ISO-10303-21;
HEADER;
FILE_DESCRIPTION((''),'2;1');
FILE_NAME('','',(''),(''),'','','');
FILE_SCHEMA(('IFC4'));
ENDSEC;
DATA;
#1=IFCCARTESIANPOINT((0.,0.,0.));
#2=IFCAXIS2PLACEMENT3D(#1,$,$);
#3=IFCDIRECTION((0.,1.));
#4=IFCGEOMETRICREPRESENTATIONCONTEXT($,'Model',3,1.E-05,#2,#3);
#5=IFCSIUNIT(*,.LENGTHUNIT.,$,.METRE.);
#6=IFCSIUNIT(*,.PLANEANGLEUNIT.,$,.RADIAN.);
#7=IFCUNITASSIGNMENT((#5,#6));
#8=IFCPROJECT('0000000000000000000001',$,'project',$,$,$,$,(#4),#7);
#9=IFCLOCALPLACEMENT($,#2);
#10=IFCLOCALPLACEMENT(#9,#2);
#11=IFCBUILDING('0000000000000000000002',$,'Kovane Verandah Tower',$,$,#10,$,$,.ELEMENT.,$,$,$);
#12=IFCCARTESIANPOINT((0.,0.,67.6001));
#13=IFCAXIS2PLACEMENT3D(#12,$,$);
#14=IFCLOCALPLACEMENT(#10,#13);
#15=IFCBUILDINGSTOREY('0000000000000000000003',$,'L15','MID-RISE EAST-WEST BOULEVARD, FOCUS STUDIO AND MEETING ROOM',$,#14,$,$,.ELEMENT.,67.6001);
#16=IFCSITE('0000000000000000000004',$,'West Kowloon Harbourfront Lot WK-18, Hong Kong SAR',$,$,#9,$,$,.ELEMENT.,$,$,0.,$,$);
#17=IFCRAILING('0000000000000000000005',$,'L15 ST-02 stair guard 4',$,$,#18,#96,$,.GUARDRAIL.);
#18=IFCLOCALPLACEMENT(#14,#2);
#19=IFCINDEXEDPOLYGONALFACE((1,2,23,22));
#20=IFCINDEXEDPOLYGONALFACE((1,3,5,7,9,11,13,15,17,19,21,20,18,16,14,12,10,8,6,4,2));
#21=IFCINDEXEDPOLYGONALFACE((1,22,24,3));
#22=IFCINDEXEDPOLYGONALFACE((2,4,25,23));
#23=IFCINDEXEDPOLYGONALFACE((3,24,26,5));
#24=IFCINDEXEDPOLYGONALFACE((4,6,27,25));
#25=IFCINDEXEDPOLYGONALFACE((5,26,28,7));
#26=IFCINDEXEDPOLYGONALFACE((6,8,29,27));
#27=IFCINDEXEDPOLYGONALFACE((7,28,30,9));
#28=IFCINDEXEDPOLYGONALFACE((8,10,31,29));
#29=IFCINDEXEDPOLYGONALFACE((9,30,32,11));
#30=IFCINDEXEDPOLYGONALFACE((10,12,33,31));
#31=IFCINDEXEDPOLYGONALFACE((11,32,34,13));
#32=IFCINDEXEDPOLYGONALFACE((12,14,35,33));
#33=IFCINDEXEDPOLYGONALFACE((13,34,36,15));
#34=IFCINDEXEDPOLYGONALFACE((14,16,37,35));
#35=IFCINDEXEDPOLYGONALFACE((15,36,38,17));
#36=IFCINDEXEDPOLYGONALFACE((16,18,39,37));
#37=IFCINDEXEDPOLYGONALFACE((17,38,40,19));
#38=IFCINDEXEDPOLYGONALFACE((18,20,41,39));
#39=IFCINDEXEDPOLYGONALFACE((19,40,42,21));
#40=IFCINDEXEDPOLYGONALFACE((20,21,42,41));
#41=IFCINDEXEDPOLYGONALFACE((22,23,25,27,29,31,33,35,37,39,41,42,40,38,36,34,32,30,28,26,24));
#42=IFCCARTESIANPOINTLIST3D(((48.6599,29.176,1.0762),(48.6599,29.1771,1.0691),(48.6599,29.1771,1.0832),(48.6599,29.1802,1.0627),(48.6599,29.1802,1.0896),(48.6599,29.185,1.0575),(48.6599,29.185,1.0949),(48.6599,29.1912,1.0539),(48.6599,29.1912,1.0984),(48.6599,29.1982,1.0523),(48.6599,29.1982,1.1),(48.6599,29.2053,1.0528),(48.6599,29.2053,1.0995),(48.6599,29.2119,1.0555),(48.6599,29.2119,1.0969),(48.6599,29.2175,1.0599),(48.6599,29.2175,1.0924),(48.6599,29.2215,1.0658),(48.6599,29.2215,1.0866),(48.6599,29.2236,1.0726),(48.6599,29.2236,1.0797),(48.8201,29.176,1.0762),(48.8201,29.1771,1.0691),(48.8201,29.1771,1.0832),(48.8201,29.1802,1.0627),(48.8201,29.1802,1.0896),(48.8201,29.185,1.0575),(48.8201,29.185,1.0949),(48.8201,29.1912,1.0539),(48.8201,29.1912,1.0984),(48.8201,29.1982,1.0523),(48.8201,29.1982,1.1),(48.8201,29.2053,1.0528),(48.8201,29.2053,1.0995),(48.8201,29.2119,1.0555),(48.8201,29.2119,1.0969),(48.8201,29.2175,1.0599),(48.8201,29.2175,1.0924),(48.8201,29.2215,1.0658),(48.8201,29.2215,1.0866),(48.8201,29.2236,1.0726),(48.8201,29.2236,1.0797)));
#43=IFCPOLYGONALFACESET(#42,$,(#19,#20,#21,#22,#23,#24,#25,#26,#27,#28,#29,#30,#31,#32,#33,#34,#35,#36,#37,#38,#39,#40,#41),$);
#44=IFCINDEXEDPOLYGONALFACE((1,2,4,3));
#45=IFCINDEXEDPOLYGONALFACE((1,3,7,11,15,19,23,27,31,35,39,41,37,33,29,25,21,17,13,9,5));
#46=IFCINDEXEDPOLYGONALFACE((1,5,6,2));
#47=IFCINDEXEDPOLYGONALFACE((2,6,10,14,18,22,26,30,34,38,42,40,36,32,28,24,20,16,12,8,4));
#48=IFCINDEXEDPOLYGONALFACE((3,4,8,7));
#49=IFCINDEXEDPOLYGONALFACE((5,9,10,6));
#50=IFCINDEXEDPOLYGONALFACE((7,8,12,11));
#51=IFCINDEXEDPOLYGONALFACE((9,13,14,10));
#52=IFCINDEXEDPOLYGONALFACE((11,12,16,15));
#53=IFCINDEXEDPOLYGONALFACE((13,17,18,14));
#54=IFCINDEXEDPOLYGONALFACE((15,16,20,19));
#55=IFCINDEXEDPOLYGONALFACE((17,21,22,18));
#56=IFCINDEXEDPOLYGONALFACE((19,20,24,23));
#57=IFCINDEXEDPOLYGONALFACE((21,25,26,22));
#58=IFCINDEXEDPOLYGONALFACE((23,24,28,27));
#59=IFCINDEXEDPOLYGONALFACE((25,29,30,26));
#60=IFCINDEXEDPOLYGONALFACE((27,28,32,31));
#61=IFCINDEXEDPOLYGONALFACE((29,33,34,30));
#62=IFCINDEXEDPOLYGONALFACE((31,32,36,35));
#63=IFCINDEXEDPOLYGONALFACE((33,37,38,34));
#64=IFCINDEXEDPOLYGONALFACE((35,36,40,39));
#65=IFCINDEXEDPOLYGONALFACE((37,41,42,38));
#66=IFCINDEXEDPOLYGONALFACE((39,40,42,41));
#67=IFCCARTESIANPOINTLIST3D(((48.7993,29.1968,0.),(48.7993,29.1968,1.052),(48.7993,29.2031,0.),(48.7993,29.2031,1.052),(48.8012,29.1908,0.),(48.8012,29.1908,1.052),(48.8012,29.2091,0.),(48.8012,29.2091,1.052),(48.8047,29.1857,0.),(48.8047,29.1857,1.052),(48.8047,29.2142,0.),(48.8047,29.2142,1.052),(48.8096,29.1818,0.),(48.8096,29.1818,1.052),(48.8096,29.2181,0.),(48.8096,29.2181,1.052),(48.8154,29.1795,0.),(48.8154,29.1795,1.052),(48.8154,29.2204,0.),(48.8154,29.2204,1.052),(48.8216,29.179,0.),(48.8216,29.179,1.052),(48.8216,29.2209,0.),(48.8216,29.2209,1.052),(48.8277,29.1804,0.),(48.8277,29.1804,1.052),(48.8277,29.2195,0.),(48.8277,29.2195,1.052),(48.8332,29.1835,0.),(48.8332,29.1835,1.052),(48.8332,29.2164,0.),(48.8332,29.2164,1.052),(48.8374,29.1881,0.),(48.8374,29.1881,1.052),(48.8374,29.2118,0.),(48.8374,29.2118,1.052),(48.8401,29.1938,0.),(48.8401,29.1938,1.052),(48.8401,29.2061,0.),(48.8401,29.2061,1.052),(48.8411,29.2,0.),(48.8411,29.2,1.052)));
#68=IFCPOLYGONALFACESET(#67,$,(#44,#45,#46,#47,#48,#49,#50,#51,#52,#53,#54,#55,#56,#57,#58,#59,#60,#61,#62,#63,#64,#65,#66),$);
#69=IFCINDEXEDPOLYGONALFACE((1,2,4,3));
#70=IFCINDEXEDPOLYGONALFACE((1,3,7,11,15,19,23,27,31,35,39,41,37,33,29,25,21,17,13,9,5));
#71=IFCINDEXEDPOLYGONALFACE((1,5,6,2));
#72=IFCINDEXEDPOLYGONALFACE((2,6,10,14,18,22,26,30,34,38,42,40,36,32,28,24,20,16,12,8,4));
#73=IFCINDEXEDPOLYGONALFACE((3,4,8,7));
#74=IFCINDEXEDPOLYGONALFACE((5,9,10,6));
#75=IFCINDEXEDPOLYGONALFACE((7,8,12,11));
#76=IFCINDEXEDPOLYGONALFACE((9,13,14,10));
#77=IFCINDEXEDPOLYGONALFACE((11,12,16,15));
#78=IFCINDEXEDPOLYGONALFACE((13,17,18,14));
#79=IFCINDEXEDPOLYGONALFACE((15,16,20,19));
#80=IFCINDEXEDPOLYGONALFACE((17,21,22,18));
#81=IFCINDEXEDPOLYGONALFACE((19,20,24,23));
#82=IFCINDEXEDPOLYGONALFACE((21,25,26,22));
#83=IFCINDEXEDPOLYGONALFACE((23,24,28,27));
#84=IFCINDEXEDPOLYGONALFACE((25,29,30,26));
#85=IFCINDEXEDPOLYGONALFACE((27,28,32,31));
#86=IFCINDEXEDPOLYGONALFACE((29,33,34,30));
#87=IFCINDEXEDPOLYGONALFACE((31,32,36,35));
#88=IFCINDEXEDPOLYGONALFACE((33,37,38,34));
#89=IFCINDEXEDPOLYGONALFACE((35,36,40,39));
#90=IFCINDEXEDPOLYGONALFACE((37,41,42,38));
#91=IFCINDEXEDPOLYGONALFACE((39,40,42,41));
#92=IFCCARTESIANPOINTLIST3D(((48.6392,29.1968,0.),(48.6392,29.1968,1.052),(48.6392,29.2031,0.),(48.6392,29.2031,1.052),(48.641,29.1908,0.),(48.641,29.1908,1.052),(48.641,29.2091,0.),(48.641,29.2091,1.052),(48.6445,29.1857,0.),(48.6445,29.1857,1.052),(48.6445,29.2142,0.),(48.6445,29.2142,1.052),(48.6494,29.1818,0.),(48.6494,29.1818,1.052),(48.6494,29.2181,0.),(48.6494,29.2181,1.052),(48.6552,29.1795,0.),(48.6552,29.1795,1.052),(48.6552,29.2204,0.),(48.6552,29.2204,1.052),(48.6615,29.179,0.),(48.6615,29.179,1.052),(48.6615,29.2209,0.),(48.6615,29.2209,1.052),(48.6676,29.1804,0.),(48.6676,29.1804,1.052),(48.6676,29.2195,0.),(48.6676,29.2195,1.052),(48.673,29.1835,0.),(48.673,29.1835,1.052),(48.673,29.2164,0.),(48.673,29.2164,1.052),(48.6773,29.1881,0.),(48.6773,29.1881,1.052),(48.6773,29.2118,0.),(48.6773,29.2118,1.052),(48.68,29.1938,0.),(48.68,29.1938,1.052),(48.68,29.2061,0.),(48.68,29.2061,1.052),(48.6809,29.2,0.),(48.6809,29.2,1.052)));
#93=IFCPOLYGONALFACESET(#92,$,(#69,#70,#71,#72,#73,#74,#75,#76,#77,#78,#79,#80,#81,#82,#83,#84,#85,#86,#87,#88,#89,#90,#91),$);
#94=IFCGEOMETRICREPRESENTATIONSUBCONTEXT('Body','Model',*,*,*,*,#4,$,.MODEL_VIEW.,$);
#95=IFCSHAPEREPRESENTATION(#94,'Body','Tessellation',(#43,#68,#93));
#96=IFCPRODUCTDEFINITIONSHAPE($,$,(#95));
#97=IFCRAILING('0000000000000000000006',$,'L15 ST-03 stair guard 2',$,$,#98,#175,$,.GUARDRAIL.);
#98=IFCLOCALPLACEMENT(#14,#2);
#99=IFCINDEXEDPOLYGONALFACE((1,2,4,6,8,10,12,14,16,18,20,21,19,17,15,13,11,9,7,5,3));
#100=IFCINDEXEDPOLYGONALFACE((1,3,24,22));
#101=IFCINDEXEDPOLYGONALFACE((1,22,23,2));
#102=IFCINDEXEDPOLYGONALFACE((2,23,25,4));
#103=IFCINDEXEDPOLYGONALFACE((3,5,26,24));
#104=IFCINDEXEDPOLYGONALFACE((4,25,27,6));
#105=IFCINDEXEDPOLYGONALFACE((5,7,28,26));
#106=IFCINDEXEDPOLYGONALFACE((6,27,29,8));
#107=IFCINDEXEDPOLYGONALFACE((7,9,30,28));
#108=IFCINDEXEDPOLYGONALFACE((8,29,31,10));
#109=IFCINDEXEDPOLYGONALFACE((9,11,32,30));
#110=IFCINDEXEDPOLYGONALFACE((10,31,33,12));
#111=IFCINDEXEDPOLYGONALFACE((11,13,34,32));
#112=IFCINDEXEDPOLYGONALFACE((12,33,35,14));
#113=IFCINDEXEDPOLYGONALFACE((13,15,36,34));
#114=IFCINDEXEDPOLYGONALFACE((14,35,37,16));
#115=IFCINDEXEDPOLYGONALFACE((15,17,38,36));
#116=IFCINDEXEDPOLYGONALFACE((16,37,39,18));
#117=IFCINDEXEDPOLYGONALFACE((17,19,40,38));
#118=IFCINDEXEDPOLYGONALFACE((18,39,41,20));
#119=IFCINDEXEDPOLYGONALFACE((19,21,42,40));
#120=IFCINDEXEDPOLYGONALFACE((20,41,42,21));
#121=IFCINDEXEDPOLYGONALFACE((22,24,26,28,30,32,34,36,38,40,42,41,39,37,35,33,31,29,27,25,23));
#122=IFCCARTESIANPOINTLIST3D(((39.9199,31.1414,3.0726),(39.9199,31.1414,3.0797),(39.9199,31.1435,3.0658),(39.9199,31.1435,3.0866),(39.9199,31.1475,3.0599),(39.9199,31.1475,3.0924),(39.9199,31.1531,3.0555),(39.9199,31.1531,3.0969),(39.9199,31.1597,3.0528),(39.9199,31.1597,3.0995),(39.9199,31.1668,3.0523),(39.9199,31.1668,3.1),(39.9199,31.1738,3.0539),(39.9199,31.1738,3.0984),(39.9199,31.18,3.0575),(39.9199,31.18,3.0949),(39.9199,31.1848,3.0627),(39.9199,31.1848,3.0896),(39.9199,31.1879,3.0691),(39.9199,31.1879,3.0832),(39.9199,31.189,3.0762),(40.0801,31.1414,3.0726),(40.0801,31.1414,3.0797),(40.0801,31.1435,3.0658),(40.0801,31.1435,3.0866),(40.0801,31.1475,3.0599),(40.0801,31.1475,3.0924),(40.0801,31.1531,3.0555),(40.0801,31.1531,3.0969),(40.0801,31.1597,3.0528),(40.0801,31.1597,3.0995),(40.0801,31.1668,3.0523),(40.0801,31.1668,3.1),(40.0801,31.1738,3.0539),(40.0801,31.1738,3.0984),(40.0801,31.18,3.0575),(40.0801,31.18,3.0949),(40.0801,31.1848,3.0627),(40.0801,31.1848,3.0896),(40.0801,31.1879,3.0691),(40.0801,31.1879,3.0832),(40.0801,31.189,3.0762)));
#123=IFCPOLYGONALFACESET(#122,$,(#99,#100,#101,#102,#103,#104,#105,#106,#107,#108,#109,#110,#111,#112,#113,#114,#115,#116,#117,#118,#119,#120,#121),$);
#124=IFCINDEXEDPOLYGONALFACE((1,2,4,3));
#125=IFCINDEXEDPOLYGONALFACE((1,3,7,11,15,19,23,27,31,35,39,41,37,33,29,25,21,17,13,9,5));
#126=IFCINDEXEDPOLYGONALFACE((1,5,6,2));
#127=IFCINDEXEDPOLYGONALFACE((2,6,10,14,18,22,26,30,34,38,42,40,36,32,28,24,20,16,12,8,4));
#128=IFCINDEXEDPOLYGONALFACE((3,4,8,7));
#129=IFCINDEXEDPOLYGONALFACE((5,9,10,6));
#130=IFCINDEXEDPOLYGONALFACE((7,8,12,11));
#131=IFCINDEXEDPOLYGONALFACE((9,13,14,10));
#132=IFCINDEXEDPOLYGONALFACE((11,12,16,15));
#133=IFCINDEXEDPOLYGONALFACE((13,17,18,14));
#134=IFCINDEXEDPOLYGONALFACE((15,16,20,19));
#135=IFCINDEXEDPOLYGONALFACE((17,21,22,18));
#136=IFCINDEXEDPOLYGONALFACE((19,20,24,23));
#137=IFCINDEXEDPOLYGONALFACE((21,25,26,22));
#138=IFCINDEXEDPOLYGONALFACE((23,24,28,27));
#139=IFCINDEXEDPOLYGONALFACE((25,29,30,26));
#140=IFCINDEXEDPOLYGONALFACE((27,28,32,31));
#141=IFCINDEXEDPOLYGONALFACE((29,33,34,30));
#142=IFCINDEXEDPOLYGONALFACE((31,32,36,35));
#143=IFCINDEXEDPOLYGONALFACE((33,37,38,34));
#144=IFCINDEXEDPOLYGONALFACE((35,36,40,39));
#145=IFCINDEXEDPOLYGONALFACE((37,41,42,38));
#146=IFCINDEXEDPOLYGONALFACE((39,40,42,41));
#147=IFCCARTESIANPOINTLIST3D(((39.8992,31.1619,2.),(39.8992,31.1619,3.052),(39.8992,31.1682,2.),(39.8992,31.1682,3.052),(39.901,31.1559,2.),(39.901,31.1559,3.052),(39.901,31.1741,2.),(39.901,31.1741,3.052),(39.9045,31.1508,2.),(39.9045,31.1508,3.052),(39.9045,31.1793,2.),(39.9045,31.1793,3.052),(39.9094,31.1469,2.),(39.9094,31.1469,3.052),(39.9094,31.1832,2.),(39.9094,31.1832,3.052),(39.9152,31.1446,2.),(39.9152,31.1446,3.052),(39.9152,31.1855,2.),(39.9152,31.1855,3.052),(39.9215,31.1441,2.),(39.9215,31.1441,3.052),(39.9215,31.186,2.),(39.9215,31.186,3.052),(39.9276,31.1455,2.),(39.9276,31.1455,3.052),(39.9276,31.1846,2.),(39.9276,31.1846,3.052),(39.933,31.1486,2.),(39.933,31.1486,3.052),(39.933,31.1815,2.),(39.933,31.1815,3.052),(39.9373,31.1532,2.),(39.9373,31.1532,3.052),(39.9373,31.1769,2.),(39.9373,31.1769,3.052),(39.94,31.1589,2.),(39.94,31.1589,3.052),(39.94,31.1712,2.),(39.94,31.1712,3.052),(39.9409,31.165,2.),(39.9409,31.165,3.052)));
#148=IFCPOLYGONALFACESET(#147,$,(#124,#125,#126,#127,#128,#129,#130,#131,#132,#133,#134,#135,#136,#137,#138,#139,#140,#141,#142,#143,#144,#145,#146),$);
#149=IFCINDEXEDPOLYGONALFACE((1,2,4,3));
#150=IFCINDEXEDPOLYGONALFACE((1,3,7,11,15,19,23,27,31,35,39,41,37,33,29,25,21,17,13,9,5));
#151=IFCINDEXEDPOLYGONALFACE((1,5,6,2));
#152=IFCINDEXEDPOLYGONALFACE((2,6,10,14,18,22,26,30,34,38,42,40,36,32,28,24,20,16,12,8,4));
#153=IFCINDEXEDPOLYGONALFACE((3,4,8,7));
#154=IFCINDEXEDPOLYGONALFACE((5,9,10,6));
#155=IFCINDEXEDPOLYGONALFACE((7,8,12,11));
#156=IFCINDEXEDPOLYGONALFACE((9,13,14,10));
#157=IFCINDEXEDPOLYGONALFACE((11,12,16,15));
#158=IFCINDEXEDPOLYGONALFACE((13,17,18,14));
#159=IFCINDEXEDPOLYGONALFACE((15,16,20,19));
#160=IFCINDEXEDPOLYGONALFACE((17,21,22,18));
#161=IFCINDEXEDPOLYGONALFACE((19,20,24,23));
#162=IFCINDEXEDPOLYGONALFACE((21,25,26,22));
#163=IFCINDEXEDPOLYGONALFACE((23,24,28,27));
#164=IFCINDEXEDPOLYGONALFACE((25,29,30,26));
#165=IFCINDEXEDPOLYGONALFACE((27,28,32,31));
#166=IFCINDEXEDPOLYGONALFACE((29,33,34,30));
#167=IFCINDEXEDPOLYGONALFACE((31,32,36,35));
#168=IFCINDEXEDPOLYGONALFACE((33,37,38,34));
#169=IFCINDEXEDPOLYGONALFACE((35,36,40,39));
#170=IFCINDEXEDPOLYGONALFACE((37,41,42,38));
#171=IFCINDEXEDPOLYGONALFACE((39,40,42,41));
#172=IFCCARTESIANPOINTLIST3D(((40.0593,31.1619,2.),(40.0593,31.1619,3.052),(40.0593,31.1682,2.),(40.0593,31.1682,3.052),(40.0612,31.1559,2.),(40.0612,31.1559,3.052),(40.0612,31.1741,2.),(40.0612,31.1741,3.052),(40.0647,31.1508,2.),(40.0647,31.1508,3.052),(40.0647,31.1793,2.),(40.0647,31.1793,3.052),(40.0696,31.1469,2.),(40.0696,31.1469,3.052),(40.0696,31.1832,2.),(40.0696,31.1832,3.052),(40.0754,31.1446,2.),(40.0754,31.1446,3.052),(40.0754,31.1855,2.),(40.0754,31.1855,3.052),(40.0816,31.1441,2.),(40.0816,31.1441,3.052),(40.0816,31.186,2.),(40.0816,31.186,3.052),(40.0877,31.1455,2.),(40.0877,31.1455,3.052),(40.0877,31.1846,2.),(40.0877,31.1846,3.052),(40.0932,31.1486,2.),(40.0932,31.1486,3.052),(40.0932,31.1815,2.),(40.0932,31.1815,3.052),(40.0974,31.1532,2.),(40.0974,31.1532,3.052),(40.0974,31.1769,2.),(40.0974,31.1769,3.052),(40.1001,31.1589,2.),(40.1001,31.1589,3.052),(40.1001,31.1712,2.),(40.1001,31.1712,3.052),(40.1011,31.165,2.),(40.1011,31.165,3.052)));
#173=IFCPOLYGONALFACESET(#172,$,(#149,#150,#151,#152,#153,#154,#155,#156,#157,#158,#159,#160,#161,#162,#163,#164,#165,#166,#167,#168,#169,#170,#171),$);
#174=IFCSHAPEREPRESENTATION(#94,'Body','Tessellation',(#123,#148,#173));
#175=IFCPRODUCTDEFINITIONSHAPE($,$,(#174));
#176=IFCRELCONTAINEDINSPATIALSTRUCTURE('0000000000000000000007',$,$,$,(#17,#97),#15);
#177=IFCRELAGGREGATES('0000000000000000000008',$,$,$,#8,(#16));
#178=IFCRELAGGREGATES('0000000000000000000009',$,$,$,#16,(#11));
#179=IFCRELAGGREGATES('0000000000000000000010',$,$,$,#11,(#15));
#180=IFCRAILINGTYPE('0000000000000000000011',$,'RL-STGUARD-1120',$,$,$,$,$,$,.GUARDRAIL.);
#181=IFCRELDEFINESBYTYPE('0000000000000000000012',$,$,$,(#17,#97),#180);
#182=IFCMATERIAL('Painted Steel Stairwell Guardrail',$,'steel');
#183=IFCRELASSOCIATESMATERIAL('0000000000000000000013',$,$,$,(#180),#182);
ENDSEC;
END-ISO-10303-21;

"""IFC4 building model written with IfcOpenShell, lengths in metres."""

from ifc_helpers import new_model, si_unit, direction, frame, origin, origin_2d, place, context, subcontext, project, spatial, circle, extrude, material, type_object, element, save


model = new_model("IFC4")

# Units and contexts
model_context = context("Model", 3, precision=1e-05, world=origin(), true_north=direction((0.0, 1.0)))
body_context = subcontext(model_context, "Body", "Model", "MODEL_VIEW")
ifc_project = project(units=[si_unit("LENGTHUNIT", "METRE"), si_unit("PLANEANGLEUNIT", "RADIAN")], contexts=[model_context])

# Site, building, storey
site_placement = place(None, origin())
site = spatial("IfcSite", under=ifc_project, at=site_placement, Name="West Kowloon Harbourfront Lot WK-18, Hong Kong SAR", CompositionType="ELEMENT", RefElevation=0.0)
building_placement = place(site_placement, origin())
building = spatial("IfcBuilding", under=site, at=building_placement, Name="Kovane Verandah Tower", CompositionType="ELEMENT")
storey_placement = place(building_placement, frame((0.0, 0.0, 67.6001)))
storey = spatial("IfcBuildingStorey", under=building, at=storey_placement, Name="L15", Description="MID-RISE EAST-WEST BOULEVARD, FOCUS STUDIO AND MEETING ROOM", CompositionType="ELEMENT", Elevation=67.6001)

# Railings
ifc_material_1 = material(Name="Painted Steel Stairwell Guardrail", Category="steel")
railing_type_1 = type_object("IfcRailingType", Name="RL-STGUARD-1120", PredefinedType="GUARDRAIL", material=ifc_material_1)
railing_1_placement = place(storey_placement, frame((48.8201, 29.2, 0.0)))
element("IfcRailing", 1, at=railing_1_placement, inside=storey, type_object=railing_type_1, Name="L15 ST-02 stair guard 4", PredefinedType="GUARDRAIL", context=body_context, shape_type="SweptSolid", body=[
    extrude(circle(Radius=0.0239, at=origin_2d()), frame((0.0, 0.0, 1.0762), z_axis=(-1.0, 0.0, 0.0), x_axis=(0.0, -1.0, 0.0)), (0.0, 0.0, 1.0), 0.1602),
    extrude(circle(Radius=0.021, at=origin_2d()), origin(), (0.0, 0.0, 1.0), 1.052),
    extrude(circle(Radius=0.021, at=origin_2d()), frame((-0.1602, 0.0, 0.0)), (0.0, 0.0, 1.0), 1.052),
])
railing_2_placement = place(storey_placement, frame((39.9199, 31.165, 2.0)))
element("IfcRailing", 2, at=railing_2_placement, inside=storey, type_object=railing_type_1, Name="L15 ST-03 stair guard 2", PredefinedType="GUARDRAIL", context=body_context, shape_type="SweptSolid", body=[
    extrude(circle(Radius=0.0239, at=origin_2d()), frame((0.0, 0.0, 1.0762), z_axis=(1.0, 0.0, 0.0), x_axis=(0.0, 1.0, 0.0)), (0.0, 0.0, 1.0), 0.1602),
    extrude(circle(Radius=0.021, at=origin_2d()), origin(), (0.0, 0.0, 1.0), 1.052),
    extrude(circle(Radius=0.021, at=origin_2d()), frame((0.1602, 0.0, 0.0)), (0.0, 0.0, 1.0), 1.052),
])

save(model, "model.ifc")
